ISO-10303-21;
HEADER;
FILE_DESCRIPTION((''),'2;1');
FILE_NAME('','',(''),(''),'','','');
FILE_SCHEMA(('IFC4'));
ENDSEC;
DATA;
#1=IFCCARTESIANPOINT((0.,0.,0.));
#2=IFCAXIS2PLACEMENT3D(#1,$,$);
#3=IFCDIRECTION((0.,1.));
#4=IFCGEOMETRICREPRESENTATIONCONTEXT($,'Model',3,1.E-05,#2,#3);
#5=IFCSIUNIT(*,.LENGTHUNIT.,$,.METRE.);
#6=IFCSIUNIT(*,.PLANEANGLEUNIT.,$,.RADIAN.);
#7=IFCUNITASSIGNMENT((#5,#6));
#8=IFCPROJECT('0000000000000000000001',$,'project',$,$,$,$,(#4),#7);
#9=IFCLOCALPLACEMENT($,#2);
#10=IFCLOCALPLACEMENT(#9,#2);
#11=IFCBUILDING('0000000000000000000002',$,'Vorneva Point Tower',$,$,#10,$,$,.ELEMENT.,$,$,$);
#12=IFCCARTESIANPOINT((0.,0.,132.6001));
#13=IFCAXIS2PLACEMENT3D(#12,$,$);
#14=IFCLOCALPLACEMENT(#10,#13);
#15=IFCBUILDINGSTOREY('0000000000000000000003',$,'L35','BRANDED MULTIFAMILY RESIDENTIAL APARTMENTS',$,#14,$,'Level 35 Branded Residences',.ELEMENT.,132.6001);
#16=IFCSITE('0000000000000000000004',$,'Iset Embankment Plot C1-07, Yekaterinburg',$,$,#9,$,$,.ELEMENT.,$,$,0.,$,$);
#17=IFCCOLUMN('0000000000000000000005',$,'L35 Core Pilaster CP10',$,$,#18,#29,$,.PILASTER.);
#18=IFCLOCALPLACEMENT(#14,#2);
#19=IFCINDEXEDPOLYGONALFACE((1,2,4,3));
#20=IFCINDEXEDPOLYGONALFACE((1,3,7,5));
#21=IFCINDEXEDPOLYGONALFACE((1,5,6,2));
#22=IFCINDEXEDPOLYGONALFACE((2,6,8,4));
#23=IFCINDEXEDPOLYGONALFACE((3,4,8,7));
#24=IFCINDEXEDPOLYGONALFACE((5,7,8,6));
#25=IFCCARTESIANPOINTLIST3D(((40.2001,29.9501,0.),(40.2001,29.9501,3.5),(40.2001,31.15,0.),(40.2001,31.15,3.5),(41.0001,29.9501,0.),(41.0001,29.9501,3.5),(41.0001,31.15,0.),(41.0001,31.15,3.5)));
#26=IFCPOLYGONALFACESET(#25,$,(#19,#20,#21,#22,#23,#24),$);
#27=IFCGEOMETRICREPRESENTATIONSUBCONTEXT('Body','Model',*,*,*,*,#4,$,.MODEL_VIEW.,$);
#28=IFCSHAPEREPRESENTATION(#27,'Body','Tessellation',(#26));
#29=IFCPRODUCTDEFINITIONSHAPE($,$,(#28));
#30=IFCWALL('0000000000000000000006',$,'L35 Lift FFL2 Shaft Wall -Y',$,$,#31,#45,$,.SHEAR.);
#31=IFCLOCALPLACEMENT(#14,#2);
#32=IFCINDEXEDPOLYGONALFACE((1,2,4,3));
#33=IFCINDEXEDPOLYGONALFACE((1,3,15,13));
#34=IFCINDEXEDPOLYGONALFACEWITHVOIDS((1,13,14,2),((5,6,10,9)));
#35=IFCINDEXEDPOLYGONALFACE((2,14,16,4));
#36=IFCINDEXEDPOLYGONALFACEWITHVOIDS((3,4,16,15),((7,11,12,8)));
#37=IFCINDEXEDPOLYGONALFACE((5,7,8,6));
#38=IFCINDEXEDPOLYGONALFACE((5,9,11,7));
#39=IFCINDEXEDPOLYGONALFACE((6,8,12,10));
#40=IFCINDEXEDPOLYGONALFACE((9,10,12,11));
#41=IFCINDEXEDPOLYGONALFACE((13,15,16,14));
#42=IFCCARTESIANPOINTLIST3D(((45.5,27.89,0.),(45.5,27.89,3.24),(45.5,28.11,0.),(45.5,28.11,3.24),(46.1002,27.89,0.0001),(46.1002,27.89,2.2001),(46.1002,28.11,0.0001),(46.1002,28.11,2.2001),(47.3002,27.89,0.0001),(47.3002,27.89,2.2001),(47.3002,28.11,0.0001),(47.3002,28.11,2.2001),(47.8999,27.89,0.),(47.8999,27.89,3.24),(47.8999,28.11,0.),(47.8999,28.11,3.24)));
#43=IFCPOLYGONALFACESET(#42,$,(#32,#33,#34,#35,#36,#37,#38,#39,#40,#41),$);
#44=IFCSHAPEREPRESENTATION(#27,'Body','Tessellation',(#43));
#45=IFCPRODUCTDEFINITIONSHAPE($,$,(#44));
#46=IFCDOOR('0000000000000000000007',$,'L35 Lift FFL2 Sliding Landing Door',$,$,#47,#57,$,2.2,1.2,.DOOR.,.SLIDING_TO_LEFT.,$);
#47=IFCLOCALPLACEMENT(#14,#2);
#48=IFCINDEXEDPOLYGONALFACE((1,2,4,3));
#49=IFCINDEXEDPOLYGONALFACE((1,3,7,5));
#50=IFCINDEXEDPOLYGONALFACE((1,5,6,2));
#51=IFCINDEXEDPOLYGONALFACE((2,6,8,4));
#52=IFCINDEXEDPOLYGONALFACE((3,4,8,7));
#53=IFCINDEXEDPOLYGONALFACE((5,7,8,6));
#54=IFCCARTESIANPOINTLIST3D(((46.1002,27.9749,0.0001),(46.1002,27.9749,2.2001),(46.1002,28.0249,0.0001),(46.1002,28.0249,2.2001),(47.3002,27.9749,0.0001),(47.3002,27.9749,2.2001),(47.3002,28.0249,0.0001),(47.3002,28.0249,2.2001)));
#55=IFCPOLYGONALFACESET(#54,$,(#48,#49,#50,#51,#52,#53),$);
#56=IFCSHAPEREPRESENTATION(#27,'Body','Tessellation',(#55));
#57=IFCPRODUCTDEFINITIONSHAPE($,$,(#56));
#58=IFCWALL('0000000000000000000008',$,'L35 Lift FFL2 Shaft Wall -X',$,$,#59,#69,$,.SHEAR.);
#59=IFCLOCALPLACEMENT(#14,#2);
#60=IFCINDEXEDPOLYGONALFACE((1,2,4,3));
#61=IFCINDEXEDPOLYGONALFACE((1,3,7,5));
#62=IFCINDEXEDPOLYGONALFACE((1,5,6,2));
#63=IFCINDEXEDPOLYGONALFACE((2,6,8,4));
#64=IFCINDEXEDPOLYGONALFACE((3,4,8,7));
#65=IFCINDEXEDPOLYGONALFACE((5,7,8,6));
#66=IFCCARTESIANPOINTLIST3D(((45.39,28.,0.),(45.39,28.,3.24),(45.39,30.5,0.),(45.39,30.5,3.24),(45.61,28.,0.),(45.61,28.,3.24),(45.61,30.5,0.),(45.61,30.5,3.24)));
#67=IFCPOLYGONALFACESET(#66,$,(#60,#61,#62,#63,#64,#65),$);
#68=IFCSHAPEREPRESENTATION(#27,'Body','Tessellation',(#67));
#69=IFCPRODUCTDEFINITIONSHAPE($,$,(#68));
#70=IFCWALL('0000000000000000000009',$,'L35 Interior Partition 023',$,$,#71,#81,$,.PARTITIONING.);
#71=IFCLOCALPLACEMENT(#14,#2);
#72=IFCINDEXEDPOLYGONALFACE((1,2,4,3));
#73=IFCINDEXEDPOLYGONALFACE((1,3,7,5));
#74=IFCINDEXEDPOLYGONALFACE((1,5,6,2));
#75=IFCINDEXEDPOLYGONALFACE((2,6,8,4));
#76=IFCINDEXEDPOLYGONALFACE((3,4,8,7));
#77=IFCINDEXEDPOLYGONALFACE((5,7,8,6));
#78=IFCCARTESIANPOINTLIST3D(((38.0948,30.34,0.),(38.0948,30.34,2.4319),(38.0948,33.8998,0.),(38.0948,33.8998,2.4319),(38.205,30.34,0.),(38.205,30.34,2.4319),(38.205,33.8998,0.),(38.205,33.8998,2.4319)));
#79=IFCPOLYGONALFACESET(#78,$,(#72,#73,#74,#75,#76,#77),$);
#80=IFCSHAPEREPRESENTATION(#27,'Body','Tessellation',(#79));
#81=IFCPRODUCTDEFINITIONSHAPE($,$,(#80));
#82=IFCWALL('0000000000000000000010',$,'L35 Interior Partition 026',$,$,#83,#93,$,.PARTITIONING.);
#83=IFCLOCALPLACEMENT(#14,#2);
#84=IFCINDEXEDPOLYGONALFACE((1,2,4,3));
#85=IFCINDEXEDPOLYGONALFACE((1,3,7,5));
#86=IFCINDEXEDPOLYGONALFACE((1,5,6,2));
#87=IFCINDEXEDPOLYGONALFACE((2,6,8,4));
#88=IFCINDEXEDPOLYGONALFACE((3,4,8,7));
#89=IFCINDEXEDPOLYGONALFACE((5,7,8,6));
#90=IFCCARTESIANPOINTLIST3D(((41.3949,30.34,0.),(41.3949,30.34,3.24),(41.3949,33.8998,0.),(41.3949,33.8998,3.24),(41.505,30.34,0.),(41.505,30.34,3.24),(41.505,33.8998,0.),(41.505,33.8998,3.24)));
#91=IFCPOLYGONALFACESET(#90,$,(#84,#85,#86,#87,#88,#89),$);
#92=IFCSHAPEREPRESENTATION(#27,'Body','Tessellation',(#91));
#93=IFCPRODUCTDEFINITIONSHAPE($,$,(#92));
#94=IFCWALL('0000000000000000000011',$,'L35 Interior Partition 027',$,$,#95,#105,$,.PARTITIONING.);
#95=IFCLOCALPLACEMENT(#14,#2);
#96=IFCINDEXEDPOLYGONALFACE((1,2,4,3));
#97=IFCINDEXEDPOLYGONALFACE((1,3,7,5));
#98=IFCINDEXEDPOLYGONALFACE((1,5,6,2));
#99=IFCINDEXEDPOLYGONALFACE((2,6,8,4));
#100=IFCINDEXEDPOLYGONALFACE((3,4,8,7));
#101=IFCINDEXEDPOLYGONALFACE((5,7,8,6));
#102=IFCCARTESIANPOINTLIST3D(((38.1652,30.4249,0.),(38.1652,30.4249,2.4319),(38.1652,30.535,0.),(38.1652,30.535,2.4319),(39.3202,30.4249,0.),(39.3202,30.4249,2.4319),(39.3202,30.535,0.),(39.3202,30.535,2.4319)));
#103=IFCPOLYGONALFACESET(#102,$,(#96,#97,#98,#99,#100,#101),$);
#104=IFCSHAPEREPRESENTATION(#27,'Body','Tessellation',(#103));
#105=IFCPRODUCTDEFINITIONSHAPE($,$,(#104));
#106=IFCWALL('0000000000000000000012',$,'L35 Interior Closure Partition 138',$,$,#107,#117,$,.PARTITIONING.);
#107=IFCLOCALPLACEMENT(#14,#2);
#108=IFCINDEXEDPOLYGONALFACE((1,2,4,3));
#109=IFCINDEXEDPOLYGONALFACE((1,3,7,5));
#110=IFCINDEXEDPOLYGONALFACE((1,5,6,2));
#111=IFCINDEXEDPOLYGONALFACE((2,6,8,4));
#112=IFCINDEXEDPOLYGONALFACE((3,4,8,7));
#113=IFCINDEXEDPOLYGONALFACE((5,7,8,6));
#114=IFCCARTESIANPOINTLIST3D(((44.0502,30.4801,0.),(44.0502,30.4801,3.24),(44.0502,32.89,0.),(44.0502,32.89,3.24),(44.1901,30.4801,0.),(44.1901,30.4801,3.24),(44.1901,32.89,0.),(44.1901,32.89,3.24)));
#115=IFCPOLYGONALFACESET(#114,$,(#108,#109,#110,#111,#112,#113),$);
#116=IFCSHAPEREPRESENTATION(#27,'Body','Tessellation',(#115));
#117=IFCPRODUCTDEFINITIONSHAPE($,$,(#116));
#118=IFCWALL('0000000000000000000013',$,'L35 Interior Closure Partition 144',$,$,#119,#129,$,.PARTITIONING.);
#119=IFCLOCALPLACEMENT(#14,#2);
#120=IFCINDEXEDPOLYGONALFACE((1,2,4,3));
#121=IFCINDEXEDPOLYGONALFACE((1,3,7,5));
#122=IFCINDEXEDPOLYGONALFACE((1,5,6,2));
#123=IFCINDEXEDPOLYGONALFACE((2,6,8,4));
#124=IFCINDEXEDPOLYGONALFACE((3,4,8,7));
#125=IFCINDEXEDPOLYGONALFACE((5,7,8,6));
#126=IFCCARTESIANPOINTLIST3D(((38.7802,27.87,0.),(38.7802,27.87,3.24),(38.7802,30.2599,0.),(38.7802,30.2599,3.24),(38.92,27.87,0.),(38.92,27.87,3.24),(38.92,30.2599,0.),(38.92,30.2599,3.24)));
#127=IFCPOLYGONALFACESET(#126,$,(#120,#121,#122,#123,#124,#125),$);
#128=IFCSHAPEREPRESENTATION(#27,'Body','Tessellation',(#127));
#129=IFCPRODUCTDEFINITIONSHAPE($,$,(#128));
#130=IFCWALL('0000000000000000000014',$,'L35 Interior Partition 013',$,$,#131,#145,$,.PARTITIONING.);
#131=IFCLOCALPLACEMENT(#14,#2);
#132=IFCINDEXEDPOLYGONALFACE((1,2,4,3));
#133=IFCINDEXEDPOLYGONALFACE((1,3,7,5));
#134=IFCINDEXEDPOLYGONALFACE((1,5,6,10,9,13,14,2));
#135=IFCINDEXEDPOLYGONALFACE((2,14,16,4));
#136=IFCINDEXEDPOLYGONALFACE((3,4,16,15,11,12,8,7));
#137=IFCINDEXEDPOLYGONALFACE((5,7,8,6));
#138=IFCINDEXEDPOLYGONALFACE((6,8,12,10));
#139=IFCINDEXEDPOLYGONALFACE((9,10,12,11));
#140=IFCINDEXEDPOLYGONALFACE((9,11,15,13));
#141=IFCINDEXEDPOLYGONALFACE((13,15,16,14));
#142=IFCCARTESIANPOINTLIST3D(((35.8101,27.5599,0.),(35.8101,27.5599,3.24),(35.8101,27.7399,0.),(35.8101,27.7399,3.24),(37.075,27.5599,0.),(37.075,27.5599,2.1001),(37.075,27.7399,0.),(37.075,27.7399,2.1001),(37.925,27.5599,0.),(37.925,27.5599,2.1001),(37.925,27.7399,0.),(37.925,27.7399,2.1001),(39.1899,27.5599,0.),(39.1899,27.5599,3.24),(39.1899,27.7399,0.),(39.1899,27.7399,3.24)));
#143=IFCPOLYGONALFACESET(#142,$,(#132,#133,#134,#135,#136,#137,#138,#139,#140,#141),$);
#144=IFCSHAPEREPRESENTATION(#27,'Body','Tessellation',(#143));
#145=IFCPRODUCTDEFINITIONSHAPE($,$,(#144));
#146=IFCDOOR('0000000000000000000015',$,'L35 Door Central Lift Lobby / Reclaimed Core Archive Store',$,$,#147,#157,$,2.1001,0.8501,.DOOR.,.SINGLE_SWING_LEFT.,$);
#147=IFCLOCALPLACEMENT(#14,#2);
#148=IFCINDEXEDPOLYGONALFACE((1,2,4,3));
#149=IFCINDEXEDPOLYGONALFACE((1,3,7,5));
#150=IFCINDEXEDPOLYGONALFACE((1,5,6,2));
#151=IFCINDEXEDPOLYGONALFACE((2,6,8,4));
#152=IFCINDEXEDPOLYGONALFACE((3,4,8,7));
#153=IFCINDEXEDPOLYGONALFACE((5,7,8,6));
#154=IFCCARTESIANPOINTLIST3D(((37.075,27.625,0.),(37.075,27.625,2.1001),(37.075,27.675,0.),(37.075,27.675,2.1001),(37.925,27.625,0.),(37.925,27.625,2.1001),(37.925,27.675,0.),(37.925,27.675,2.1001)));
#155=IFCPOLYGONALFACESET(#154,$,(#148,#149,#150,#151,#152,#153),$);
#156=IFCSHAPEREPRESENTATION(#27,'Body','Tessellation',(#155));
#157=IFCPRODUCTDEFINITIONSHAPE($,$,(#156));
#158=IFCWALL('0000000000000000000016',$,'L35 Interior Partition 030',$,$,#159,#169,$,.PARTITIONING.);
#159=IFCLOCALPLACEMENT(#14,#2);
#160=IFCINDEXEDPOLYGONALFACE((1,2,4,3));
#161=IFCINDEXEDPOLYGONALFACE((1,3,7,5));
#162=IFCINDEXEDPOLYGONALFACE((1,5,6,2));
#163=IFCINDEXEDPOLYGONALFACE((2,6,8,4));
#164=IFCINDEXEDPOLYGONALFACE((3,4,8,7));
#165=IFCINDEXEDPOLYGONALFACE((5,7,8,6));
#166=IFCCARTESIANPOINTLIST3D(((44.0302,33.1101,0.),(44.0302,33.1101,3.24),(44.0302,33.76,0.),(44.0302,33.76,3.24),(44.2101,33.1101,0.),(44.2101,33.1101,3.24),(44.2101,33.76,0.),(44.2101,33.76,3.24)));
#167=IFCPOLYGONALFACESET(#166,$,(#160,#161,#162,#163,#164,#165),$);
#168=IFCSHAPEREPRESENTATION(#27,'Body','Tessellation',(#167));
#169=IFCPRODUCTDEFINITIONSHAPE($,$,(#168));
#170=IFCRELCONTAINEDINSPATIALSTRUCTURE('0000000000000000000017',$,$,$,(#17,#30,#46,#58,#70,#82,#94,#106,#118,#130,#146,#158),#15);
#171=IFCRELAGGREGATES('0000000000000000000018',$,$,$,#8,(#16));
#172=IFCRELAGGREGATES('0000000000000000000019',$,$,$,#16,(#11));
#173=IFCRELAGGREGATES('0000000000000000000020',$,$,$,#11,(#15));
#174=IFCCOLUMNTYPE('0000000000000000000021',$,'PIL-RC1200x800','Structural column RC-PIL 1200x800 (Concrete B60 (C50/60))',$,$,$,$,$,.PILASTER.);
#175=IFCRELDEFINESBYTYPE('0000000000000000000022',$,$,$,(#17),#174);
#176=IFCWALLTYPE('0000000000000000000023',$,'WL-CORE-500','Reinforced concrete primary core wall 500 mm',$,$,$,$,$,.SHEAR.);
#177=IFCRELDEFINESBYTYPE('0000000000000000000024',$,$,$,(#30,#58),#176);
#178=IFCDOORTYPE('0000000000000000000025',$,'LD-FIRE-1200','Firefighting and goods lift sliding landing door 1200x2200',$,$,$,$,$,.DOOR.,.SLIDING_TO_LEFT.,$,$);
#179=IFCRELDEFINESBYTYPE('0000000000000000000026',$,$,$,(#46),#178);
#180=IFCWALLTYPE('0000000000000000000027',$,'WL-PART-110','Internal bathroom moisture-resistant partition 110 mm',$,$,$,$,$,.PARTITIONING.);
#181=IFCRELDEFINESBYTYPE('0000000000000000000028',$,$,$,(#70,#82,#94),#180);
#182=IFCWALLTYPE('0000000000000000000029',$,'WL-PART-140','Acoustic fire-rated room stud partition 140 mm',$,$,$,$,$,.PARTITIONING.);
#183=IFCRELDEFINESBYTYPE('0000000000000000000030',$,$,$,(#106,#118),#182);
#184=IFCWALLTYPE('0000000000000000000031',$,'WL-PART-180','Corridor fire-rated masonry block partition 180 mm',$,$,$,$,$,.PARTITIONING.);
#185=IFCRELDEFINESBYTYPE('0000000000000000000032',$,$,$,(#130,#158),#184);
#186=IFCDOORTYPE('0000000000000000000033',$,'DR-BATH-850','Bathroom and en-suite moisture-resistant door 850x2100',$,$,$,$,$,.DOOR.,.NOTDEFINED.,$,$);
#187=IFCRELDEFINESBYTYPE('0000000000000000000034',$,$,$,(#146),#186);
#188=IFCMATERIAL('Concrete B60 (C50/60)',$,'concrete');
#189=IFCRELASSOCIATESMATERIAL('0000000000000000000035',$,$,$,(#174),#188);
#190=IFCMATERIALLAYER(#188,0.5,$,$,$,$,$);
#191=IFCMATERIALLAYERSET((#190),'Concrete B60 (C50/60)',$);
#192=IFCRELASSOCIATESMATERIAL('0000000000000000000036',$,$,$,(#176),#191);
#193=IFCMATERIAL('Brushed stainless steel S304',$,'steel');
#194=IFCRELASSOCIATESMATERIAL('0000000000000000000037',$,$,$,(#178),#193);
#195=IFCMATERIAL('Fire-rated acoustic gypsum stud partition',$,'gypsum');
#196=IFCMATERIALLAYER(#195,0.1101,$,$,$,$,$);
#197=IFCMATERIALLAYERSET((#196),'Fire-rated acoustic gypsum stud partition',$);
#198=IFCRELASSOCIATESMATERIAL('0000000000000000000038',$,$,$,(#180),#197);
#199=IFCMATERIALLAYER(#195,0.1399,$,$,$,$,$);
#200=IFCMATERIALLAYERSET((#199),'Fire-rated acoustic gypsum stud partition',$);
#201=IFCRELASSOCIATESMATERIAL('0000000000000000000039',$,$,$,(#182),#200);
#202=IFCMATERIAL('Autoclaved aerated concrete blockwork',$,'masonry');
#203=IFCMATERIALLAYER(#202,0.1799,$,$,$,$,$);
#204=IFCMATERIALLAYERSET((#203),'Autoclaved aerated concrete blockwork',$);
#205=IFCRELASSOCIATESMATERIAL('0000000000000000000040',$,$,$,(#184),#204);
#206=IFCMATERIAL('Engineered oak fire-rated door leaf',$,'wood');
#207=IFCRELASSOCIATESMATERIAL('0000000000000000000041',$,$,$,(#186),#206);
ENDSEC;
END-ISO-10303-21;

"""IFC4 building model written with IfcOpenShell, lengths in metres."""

from ifc_helpers import new_model, si_unit, direction, frame, frame_2d, origin, origin_2d, place, context, subcontext, project, spatial, rectangle, extrude, material, layer, layer_set, material_profile, profile_set, type_object, element, fill, save


model = new_model("IFC4")

# Units and contexts
model_context = context("Model", 3, precision=1e-05, world=origin(), true_north=direction((0.0, 1.0)))
body_context = subcontext(model_context, "Body", "Model", "MODEL_VIEW")
ifc_project = project(units=[si_unit("LENGTHUNIT", "METRE"), si_unit("PLANEANGLEUNIT", "RADIAN")], contexts=[model_context])

# Site, building, storey
site_placement = place(None, origin())
site = spatial("IfcSite", under=ifc_project, at=site_placement, Name="Iset Embankment Plot C1-07, Yekaterinburg", CompositionType="ELEMENT", RefElevation=0.0)
building_placement = place(site_placement, origin())
building = spatial("IfcBuilding", under=site, at=building_placement, Name="Vorneva Point Tower", CompositionType="ELEMENT")
storey_placement = place(building_placement, frame((0.0, 0.0, 132.6001)))
storey = spatial("IfcBuildingStorey", under=building, at=storey_placement, Name="L35", Description="BRANDED MULTIFAMILY RESIDENTIAL APARTMENTS", LongName="Level 35 Branded Residences", CompositionType="ELEMENT", Elevation=132.6001)

# Column
ifc_material_1 = material(Name="Concrete B60 (C50/60)", Category="concrete")
ifc_material_profile = material_profile(ifc_material_1, rectangle(XDim=0.8, YDim=1.2, at=origin_2d()), Name="RC-PIL 1200x800")
ifc_profile_set = profile_set([ifc_material_profile], Name="Concrete B60 (C50/60)")
column_type = type_object("IfcColumnType", Name="PIL-RC1200x800", Description="Structural column RC-PIL 1200x800 (Concrete B60 (C50/60))", PredefinedType="PILASTER", material=ifc_profile_set)
column_placement = place(storey_placement, frame((40.6001, 30.55, 0.0), z_axis=(0.0, 0.0, 1.0), x_axis=(1.0, 0.0, 0.0)))
element("IfcColumn", 1, at=column_placement, inside=storey, type_object=column_type, Name="L35 Core Pilaster CP10", PredefinedType="PILASTER", context=body_context, shape_type="SweptSolid", body=[
    extrude(rectangle(XDim=0.8, YDim=1.2, at=origin_2d()), origin(), (0.0, 0.0, 1.0), 3.5),
])

# Wall, opening, door
ifc_layer_1 = layer(ifc_material_1, 0.5)
ifc_layer_set_1 = layer_set([ifc_layer_1], Name="Concrete B60 (C50/60)")
wall_type_1 = type_object("IfcWallType", Name="WL-CORE-500", Description="Reinforced concrete primary core wall 500 mm", PredefinedType="SHEAR", material=ifc_layer_set_1)
wall_1_placement = place(storey_placement, frame((45.5, 28.0, 0.0), z_axis=(0.0, 0.0, 1.0), x_axis=(1.0, 0.0, 0.0)))
wall_1 = element("IfcWall", 2, at=wall_1_placement, inside=storey, type_object=wall_type_1, Name="L35 Lift FFL2 Shaft Wall -Y", PredefinedType="SHEAR", context=body_context, shape_type="SweptSolid", body=[
    extrude(rectangle(XDim=2.3999, YDim=0.22, at=frame_2d((1.2, 0.0))), origin(), (0.0, 0.0, 1.0), 3.24),
])
opening_1_placement = place(wall_1_placement, frame((0.6001, 0.0, 0.0)))
opening_1 = element("IfcOpeningElement", 3, at=opening_1_placement, cuts=wall_1, PredefinedType="OPENING", context=body_context, shape_type="SweptSolid", body=[
    extrude(rectangle(XDim=1.2, YDim=2.2, at=frame_2d((0.6001, 1.1001))), frame((0.0, 0.125, 0.0), z_axis=(0.0, -1.0, 0.0), x_axis=(1.0, 0.0, 0.0)), (0.0, 0.0, 1.0), 0.2498),
])
ifc_material_2 = material(Name="Brushed stainless steel S304", Category="steel")
door_type_1 = type_object("IfcDoorType", Name="LD-FIRE-1200", Description="Firefighting and goods lift sliding landing door 1200x2200", OperationType="SLIDING_TO_LEFT", PredefinedType="DOOR", material=ifc_material_2)
door_1_placement = place(opening_1_placement, origin())
door_1 = element("IfcDoor", 4, at=door_1_placement, inside=storey, type_object=door_type_1, Name="L35 Lift FFL2 Sliding Landing Door", OperationType="SLIDING_TO_LEFT", OverallHeight=2.2, OverallWidth=1.2, PredefinedType="DOOR", context=body_context, shape_type="SweptSolid", body=[
    extrude(rectangle(XDim=1.2, YDim=2.2, at=frame_2d((0.6001, 1.1001))), frame((0.0, 0.0249, 0.0), z_axis=(0.0, -1.0, 0.0), x_axis=(1.0, 0.0, 0.0)), (0.0, 0.0, 1.0), 0.05),
])
fill(opening_1, door_1)

# Walls
wall_2_placement = place(storey_placement, frame((45.5, 30.5, 0.0), z_axis=(0.0, 0.0, 1.0), x_axis=(0.0, -1.0, 0.0)))
element("IfcWall", 5, at=wall_2_placement, inside=storey, type_object=wall_type_1, Name="L35 Lift FFL2 Shaft Wall -X", PredefinedType="SHEAR", context=body_context, shape_type="SweptSolid", body=[
    extrude(rectangle(XDim=2.5, YDim=0.22, at=frame_2d((1.25, 0.0))), origin(), (0.0, 0.0, 1.0), 3.24),
])
ifc_material_3 = material(Name="Fire-rated acoustic gypsum stud partition", Category="gypsum")
ifc_layer_2 = layer(ifc_material_3, 0.1101)
ifc_layer_set_2 = layer_set([ifc_layer_2], Name="Fire-rated acoustic gypsum stud partition")
wall_type_2 = type_object("IfcWallType", Name="WL-PART-110", Description="Internal bathroom moisture-resistant partition 110 mm", PredefinedType="PARTITIONING", material=ifc_layer_set_2)
wall_3_placement = place(storey_placement, frame((38.1499, 30.3401, 0.0), z_axis=(0.0, 0.0, 1.0), x_axis=(0.0, 1.0, 0.0)))
element("IfcWall", 6, at=wall_3_placement, inside=storey, type_object=wall_type_2, Name="L35 Interior Partition 023", PredefinedType="PARTITIONING", context=body_context, shape_type="SweptSolid", body=[
    extrude(rectangle(XDim=3.5598, YDim=0.1101, at=frame_2d((1.7798, 0.0))), origin(), (0.0, 0.0, 1.0), 2.4319),
])
wall_4_placement = place(storey_placement, frame((41.45, 30.3401, 0.0), z_axis=(0.0, 0.0, 1.0), x_axis=(0.0, 1.0, 0.0)))
element("IfcWall", 7, at=wall_4_placement, inside=storey, type_object=wall_type_2, Name="L35 Interior Partition 026", PredefinedType="PARTITIONING", context=body_context, shape_type="SweptSolid", body=[
    extrude(rectangle(XDim=3.5598, YDim=0.1101, at=frame_2d((1.7798, 0.0))), origin(), (0.0, 0.0, 1.0), 3.24),
])
wall_5_placement = place(storey_placement, frame((38.165, 30.48, 0.0), z_axis=(0.0, 0.0, 1.0), x_axis=(1.0, 0.0, 0.0)))
element("IfcWall", 8, at=wall_5_placement, inside=storey, type_object=wall_type_2, Name="L35 Interior Partition 027", PredefinedType="PARTITIONING", context=body_context, shape_type="SweptSolid", body=[
    extrude(rectangle(XDim=1.155, YDim=0.1101, at=frame_2d((0.5776, 0.0))), origin(), (0.0, 0.0, 1.0), 2.4319),
])
ifc_layer_3 = layer(ifc_material_3, 0.1399)
ifc_layer_set_3 = layer_set([ifc_layer_3], Name="Fire-rated acoustic gypsum stud partition")
wall_type_3 = type_object("IfcWallType", Name="WL-PART-140", Description="Acoustic fire-rated room stud partition 140 mm", PredefinedType="PARTITIONING", material=ifc_layer_set_3)
wall_6_placement = place(storey_placement, frame((44.1201, 30.48, 0.0), z_axis=(0.0, 0.0, 1.0), x_axis=(0.0, 1.0, 0.0)))
element("IfcWall", 9, at=wall_6_placement, inside=storey, type_object=wall_type_3, Name="L35 Interior Closure Partition 138", PredefinedType="PARTITIONING", context=body_context, shape_type="SweptSolid", body=[
    extrude(rectangle(XDim=2.4099, YDim=0.1399, at=frame_2d((1.2051, 0.0))), origin(), (0.0, 0.0, 1.0), 3.24),
])
wall_7_placement = place(storey_placement, frame((38.8501, 27.8701, 0.0), z_axis=(0.0, 0.0, 1.0), x_axis=(0.0, 1.0, 0.0)))
element("IfcWall", 10, at=wall_7_placement, inside=storey, type_object=wall_type_3, Name="L35 Interior Closure Partition 144", PredefinedType="PARTITIONING", context=body_context, shape_type="SweptSolid", body=[
    extrude(rectangle(XDim=2.3899, YDim=0.1399, at=frame_2d((1.1948, 0.0))), origin(), (0.0, 0.0, 1.0), 3.24),
])

# Wall, opening, door
ifc_material_4 = material(Name="Autoclaved aerated concrete blockwork", Category="masonry")
ifc_layer_4 = layer(ifc_material_4, 0.1799)
ifc_layer_set_4 = layer_set([ifc_layer_4], Name="Autoclaved aerated concrete blockwork")
wall_type_4 = type_object("IfcWallType", Name="WL-PART-180", Description="Corridor fire-rated masonry block partition 180 mm", PredefinedType="PARTITIONING", material=ifc_layer_set_4)
wall_8_placement = place(storey_placement, frame((39.1899, 27.6499, 0.0), z_axis=(0.0, 0.0, 1.0), x_axis=(-1.0, 0.0, 0.0)))
wall_8 = element("IfcWall", 11, at=wall_8_placement, inside=storey, type_object=wall_type_4, Name="L35 Interior Partition 013", PredefinedType="PARTITIONING", context=body_context, shape_type="SweptSolid", body=[
    extrude(rectangle(XDim=3.3799, YDim=0.1799, at=frame_2d((1.6899, 0.0))), origin(), (0.0, 0.0, 1.0), 3.24),
])
opening_2_placement = place(wall_8_placement, frame((1.2649, 0.0, 0.0)))
opening_2 = element("IfcOpeningElement", 12, at=opening_2_placement, cuts=wall_8, PredefinedType="OPENING", context=body_context, shape_type="SweptSolid", body=[
    extrude(rectangle(XDim=0.8501, YDim=2.1001, at=frame_2d((0.425, 1.05))), frame((0.0, 0.105, 0.0), z_axis=(0.0, -1.0, 0.0), x_axis=(1.0, 0.0, 0.0)), (0.0, 0.0, 1.0), 0.2097),
])
ifc_material_5 = material(Name="Engineered oak fire-rated door leaf", Category="wood")
door_type_2 = type_object("IfcDoorType", Name="DR-BATH-850", Description="Bathroom and en-suite moisture-resistant door 850x2100", OperationType="NOTDEFINED", PredefinedType="DOOR", material=ifc_material_5)
door_2_placement = place(opening_2_placement, origin())
door_2 = element("IfcDoor", 13, at=door_2_placement, inside=storey, type_object=door_type_2, Name="L35 Door Central Lift Lobby / Reclaimed Core Archive Store", OperationType="SINGLE_SWING_LEFT", OverallHeight=2.1001, OverallWidth=0.8501, PredefinedType="DOOR", context=body_context, shape_type="SweptSolid", body=[
    extrude(rectangle(XDim=0.8501, YDim=2.1001, at=frame_2d((0.425, 1.05))), frame((0.0, 0.0249, 0.0), z_axis=(0.0, -1.0, 0.0), x_axis=(1.0, 0.0, 0.0)), (0.0, 0.0, 1.0), 0.05),
])
fill(opening_2, door_2)

# Wall
wall_9_placement = place(storey_placement, frame((44.1201, 33.1101, 0.0), z_axis=(0.0, 0.0, 1.0), x_axis=(0.0, 1.0, 0.0)))
element("IfcWall", 14, at=wall_9_placement, inside=storey, type_object=wall_type_4, Name="L35 Interior Partition 030", PredefinedType="PARTITIONING", context=body_context, shape_type="SweptSolid", body=[
    extrude(rectangle(XDim=0.6499, YDim=0.1799, at=frame_2d((0.325, 0.0))), origin(), (0.0, 0.0, 1.0), 3.24),
])

save(model, "model.ifc")
